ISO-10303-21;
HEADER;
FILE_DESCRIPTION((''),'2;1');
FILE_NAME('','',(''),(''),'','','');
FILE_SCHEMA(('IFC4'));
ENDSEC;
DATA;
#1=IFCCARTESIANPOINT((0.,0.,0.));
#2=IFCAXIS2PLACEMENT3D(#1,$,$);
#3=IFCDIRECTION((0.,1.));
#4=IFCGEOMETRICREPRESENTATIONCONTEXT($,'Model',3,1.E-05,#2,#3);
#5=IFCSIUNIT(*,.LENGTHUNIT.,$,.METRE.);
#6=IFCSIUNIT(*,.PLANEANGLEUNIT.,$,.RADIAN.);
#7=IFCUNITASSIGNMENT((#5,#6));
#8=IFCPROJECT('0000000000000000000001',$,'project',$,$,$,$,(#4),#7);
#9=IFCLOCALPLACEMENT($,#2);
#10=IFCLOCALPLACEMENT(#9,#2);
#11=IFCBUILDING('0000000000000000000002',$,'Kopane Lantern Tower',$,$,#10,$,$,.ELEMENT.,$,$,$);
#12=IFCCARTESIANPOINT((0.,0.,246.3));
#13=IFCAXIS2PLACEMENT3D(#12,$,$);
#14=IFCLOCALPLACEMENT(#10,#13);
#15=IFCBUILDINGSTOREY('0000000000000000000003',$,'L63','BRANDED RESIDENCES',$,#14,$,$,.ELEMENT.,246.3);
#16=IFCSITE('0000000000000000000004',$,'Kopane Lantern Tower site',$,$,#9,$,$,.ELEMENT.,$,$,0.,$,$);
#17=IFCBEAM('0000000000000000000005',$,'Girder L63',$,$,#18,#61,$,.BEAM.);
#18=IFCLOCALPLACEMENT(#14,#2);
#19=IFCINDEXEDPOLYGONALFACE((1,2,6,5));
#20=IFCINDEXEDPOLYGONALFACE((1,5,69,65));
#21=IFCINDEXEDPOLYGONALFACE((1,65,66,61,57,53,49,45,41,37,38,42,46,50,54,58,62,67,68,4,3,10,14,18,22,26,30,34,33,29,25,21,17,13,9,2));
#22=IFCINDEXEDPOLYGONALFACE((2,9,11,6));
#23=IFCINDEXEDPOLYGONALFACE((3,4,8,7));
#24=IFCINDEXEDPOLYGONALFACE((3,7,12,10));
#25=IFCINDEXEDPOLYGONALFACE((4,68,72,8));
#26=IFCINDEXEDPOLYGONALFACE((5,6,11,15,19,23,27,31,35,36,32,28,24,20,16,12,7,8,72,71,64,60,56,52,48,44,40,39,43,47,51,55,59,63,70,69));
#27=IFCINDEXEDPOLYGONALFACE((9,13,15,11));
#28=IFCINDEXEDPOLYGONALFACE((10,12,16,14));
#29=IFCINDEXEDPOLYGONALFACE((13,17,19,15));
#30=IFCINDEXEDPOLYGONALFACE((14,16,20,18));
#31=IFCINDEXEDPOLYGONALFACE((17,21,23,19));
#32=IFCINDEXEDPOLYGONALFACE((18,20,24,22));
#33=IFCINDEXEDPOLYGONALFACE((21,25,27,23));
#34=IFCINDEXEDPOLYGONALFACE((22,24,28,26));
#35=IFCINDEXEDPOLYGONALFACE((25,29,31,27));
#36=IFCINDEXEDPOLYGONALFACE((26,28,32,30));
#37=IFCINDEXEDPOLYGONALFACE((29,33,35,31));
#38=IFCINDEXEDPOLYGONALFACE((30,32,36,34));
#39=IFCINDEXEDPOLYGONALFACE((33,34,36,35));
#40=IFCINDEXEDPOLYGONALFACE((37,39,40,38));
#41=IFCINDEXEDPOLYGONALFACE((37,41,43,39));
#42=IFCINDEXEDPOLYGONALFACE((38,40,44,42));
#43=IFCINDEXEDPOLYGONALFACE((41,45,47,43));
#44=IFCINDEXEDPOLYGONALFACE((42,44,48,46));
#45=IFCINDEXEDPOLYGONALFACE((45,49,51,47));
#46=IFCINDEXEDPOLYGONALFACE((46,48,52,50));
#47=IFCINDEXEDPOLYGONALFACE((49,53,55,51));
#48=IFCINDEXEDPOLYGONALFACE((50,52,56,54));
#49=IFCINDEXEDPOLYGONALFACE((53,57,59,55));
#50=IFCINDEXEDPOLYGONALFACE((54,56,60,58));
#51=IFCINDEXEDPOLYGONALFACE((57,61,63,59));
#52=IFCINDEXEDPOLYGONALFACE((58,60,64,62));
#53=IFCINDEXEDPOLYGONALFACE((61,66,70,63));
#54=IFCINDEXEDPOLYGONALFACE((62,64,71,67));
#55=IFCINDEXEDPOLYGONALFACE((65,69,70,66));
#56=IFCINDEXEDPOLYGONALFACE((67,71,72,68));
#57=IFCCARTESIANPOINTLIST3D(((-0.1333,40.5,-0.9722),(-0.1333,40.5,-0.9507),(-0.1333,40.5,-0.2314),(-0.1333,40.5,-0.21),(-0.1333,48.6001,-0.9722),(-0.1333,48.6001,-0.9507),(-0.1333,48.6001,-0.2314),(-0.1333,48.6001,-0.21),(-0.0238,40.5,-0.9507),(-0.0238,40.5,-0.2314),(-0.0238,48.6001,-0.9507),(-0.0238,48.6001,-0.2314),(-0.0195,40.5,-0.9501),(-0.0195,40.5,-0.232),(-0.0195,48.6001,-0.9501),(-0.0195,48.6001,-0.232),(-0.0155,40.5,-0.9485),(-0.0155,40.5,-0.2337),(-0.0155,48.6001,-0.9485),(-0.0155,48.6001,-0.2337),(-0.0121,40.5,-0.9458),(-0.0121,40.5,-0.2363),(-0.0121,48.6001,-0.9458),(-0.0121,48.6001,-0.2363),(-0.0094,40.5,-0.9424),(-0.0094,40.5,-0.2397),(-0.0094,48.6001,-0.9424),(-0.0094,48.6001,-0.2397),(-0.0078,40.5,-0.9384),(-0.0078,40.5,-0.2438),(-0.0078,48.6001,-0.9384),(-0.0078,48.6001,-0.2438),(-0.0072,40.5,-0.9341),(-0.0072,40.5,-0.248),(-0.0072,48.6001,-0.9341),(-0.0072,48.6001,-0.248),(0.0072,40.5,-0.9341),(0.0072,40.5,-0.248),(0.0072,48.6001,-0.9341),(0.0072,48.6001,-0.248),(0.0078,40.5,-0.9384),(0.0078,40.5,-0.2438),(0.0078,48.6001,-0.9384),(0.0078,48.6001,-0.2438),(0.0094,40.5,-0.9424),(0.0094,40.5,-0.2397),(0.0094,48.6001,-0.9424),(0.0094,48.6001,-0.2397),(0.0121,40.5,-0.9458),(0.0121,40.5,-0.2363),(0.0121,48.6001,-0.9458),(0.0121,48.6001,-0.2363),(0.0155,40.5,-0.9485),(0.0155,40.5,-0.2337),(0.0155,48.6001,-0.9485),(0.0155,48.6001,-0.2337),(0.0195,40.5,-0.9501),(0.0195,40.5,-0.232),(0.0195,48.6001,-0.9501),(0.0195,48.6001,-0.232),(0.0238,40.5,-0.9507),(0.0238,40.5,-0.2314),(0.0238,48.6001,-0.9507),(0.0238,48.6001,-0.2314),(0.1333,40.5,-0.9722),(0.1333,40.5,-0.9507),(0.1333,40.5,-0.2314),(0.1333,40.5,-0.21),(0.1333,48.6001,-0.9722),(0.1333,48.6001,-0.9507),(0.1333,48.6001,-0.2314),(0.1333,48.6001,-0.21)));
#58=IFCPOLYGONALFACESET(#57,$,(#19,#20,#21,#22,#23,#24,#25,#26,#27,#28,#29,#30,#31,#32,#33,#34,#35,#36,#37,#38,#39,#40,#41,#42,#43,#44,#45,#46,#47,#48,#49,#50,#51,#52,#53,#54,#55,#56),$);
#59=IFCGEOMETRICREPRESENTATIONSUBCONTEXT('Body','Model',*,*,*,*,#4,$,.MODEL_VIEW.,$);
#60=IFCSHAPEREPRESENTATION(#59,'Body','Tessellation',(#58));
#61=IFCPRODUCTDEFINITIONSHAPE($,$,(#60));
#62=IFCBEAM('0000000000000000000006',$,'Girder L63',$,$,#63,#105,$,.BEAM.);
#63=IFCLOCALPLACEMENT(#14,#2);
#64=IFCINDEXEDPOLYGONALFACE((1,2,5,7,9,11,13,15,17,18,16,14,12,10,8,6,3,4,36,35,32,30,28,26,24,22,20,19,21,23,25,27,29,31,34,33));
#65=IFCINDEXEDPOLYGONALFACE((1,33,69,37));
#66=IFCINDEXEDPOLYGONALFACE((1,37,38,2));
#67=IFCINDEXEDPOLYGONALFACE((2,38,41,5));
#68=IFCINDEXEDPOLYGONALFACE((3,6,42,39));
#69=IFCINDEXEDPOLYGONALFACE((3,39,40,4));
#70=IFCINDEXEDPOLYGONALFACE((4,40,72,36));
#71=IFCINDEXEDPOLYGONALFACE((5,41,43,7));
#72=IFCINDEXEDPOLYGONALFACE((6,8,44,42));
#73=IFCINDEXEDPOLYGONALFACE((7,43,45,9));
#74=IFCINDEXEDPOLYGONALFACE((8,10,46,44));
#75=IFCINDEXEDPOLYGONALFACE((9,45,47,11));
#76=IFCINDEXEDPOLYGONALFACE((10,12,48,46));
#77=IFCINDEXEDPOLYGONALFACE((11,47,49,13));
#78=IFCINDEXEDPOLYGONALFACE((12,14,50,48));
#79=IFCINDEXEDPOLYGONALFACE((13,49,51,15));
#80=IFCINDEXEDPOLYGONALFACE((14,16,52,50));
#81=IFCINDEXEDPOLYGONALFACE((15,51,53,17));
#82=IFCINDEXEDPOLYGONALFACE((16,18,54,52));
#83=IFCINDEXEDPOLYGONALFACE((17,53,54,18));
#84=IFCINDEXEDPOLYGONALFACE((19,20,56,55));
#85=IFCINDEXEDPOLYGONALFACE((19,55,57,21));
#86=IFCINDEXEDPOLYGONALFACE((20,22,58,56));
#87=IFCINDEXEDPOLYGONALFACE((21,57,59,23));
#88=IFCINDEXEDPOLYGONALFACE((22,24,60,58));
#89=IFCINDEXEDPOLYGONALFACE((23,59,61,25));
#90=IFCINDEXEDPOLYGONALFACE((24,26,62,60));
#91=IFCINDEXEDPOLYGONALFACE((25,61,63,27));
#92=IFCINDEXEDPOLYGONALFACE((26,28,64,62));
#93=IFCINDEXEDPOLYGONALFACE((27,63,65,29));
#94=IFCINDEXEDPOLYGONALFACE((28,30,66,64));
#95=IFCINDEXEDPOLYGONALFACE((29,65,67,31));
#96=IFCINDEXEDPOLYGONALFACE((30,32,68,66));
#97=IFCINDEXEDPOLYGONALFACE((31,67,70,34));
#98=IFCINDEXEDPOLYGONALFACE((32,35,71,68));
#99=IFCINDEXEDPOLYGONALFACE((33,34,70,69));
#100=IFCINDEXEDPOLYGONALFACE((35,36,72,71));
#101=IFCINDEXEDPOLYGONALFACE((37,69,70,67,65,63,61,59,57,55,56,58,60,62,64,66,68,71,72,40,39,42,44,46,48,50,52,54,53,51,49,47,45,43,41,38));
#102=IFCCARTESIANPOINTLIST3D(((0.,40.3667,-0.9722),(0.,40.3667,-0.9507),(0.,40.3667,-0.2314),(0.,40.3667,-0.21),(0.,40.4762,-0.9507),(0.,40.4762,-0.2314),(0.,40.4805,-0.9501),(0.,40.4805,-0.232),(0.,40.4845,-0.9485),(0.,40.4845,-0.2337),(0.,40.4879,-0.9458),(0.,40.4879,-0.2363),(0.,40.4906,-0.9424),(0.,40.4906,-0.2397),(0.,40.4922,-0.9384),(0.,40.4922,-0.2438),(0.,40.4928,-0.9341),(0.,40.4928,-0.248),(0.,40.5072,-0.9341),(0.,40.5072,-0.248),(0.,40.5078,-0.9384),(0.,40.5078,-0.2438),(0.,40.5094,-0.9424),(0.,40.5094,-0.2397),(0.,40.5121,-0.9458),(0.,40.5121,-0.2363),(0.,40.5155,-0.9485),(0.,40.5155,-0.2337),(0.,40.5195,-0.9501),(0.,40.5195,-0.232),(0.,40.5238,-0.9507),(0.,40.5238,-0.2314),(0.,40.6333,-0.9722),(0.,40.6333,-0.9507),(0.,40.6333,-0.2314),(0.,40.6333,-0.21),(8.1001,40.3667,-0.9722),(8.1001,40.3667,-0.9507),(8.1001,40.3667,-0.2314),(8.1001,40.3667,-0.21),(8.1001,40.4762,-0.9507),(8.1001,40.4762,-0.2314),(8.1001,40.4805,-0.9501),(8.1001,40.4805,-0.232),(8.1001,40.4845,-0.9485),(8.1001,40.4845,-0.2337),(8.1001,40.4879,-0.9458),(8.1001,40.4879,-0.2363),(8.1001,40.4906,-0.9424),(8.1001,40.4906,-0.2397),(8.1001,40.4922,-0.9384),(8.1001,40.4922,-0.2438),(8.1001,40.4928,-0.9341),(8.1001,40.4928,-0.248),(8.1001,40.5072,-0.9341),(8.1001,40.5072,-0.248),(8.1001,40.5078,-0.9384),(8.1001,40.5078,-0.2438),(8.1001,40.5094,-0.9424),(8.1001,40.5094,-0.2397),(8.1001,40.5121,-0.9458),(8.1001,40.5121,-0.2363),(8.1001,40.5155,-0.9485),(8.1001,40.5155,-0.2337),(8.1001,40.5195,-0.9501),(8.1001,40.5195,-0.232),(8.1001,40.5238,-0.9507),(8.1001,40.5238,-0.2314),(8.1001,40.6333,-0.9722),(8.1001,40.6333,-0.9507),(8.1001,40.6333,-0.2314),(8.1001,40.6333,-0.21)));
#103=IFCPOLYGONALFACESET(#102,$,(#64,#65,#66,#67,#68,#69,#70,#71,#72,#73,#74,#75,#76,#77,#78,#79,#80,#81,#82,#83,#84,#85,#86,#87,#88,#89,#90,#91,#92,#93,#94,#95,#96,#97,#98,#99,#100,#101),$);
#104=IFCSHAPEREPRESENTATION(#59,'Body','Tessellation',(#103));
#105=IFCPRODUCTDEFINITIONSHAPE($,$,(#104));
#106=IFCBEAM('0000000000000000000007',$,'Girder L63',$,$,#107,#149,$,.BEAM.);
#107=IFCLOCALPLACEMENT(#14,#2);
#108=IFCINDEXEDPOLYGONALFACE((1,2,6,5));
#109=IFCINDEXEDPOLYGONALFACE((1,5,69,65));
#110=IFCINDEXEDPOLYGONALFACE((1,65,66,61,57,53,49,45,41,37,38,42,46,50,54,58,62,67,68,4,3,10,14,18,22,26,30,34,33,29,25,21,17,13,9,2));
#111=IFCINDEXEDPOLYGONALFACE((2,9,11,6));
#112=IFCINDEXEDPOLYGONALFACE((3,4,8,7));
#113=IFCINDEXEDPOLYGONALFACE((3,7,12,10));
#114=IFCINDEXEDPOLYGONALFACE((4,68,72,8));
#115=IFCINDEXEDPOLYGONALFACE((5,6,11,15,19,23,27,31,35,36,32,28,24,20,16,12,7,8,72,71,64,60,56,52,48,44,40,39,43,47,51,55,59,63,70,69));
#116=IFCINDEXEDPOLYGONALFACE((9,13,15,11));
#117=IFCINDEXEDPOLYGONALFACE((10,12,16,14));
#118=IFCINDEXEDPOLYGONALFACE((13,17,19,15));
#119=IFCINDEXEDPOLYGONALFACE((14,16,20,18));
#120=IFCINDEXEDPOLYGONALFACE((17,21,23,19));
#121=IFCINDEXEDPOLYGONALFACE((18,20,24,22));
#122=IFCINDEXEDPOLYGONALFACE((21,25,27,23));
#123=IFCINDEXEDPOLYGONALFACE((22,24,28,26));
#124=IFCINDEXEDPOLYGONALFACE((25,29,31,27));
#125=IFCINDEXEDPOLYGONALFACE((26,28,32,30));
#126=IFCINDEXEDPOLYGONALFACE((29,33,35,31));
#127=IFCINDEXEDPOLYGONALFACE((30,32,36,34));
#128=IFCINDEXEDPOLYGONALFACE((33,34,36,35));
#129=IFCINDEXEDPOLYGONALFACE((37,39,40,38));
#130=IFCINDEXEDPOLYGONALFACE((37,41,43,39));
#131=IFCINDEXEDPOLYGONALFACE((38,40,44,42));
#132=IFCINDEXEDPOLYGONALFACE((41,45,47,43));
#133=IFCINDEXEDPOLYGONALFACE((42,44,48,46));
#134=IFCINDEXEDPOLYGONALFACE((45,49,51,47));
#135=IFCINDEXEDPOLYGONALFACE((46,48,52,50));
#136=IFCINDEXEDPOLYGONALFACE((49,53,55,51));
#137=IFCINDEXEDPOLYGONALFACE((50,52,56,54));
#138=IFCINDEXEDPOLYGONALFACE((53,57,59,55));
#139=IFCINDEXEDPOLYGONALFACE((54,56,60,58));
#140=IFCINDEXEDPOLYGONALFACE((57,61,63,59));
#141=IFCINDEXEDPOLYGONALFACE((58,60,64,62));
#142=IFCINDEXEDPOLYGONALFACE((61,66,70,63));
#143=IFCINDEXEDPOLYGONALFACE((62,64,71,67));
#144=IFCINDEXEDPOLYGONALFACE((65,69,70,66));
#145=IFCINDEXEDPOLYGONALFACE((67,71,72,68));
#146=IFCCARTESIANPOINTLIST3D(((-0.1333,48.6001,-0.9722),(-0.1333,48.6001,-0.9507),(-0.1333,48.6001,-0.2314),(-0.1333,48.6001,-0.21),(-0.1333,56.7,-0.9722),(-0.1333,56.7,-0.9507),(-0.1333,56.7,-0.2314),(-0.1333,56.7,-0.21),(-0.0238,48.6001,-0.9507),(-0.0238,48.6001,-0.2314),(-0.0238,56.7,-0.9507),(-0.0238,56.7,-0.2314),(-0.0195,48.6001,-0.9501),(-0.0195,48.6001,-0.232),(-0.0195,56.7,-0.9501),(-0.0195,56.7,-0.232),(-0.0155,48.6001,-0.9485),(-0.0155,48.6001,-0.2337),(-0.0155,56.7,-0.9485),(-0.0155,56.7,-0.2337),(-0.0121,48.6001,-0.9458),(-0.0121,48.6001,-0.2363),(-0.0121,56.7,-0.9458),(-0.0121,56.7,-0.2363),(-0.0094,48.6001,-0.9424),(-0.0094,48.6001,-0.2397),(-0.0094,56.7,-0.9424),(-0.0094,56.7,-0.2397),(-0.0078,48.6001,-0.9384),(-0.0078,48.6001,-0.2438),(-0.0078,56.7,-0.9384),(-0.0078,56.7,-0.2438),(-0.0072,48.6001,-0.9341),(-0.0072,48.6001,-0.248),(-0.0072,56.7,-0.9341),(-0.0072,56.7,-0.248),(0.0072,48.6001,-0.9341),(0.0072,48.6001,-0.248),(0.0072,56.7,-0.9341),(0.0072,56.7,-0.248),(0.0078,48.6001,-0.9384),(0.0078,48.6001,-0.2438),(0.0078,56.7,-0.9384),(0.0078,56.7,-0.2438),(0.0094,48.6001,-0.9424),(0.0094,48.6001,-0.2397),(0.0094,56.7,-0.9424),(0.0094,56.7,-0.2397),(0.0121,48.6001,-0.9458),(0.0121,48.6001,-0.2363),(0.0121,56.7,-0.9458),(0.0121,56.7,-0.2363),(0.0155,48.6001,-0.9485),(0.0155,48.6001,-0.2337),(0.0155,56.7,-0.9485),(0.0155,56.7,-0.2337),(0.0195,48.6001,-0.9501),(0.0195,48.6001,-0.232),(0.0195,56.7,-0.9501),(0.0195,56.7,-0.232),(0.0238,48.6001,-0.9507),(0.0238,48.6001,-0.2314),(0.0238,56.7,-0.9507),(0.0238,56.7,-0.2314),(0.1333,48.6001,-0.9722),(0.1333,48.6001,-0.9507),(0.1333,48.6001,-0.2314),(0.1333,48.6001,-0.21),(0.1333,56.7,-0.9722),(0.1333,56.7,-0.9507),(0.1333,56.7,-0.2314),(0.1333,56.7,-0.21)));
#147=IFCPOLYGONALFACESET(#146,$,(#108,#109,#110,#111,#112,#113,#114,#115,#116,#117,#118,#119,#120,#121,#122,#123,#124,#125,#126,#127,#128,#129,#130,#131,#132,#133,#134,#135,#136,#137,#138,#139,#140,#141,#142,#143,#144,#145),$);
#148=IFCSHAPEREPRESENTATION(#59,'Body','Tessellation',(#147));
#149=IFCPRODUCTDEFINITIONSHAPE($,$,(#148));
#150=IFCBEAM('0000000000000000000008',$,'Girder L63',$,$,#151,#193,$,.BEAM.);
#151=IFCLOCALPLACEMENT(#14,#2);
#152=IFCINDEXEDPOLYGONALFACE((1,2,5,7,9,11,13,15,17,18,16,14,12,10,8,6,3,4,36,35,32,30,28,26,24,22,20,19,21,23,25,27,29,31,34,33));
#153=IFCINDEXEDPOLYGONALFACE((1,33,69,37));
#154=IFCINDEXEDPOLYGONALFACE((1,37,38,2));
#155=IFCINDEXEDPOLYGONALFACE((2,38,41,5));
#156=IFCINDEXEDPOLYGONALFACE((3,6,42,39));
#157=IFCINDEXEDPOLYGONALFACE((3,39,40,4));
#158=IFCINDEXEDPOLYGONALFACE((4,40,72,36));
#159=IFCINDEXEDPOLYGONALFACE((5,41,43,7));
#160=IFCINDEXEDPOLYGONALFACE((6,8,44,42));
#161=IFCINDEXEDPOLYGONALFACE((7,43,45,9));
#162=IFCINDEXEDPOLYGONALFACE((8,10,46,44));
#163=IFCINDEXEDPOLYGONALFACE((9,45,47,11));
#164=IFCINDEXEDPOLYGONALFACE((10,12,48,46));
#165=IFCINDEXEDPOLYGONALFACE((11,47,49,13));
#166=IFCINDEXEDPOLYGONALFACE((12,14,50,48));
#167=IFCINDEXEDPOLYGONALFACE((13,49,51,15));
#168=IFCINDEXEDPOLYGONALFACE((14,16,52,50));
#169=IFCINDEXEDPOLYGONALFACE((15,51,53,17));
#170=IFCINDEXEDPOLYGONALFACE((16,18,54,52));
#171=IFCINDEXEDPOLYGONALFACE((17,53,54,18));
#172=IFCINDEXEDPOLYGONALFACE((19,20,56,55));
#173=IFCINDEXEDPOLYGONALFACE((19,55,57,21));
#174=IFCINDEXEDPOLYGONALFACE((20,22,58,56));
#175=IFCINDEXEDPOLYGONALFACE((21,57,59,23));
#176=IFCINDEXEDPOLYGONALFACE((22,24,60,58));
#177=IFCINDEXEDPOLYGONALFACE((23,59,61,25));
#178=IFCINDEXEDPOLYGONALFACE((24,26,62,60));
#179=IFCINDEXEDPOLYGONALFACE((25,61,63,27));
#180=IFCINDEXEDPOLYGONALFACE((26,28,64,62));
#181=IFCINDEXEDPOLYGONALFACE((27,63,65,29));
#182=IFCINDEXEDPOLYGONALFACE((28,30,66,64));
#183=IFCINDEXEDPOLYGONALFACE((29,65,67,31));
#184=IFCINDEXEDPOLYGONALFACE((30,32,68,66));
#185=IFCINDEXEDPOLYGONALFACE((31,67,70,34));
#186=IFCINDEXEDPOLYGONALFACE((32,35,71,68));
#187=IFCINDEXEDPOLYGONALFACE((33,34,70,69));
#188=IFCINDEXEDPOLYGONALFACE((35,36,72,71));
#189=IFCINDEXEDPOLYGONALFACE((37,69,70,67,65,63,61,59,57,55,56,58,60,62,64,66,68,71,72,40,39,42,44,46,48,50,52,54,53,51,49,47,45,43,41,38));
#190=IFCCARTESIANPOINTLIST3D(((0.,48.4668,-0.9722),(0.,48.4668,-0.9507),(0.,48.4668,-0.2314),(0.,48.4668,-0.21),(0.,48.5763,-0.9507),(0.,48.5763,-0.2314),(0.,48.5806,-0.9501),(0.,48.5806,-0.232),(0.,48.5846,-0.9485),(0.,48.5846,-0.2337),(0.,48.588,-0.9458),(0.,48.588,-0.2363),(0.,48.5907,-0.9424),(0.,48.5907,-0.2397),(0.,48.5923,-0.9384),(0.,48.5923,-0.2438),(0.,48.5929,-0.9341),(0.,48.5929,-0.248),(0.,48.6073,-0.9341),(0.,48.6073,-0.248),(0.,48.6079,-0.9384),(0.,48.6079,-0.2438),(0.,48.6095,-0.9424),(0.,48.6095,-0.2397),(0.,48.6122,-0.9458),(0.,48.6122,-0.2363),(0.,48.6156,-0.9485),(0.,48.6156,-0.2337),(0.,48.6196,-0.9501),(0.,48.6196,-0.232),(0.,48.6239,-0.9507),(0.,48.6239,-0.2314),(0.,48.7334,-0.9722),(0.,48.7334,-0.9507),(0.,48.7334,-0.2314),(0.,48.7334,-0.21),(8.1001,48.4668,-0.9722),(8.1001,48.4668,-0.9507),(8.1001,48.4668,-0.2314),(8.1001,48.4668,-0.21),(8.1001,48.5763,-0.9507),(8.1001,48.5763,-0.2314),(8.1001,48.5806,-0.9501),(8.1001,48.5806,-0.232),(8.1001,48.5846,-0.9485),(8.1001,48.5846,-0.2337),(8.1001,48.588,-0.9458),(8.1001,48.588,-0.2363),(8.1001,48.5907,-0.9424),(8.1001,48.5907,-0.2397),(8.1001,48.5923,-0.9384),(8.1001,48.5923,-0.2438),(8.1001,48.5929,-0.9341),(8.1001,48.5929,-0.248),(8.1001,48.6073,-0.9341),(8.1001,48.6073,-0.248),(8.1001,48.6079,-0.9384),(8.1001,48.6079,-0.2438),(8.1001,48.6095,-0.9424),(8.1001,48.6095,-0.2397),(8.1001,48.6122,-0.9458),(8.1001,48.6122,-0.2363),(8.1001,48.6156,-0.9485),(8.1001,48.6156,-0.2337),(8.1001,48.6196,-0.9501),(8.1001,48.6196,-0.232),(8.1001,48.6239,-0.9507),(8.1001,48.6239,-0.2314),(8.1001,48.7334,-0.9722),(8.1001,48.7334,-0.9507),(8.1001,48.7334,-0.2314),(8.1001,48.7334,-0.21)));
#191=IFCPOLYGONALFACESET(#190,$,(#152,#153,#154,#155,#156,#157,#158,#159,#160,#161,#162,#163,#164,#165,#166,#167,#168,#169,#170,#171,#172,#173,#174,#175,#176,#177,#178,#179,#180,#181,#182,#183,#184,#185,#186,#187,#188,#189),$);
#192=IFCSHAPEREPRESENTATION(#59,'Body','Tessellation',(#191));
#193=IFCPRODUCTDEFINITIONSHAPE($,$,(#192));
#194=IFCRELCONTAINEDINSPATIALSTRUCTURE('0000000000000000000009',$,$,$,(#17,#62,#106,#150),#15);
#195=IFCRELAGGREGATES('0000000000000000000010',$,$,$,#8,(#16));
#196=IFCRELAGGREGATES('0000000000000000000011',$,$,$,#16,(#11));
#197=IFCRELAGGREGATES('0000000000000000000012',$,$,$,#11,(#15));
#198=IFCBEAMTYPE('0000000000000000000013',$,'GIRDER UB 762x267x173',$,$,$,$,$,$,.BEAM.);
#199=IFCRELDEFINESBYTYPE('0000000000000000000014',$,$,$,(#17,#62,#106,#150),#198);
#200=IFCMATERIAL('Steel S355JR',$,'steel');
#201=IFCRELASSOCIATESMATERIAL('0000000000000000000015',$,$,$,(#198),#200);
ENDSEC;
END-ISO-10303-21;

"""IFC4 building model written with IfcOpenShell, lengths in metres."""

from ifc_helpers import new_model, si_unit, direction, frame, origin, origin_2d, place, context, subcontext, project, spatial, i_section, extrude, material, material_profile, profile_set, type_object, element, save


model = new_model("IFC4")

# Units and contexts
model_context = context("Model", 3, precision=1e-05, world=origin(), true_north=direction((0.0, 1.0)))
body_context = subcontext(model_context, "Body", "Model", "MODEL_VIEW")
ifc_project = project(units=[si_unit("LENGTHUNIT", "METRE"), si_unit("PLANEANGLEUNIT", "RADIAN")], contexts=[model_context])

# Site, building, storey
site_placement = place(None, origin())
site = spatial("IfcSite", under=ifc_project, at=site_placement, Name="Kopane Lantern Tower site", CompositionType="ELEMENT", RefElevation=0.0)
building_placement = place(site_placement, origin())
building = spatial("IfcBuilding", under=site, at=building_placement, Name="Kopane Lantern Tower", CompositionType="ELEMENT")
storey_placement = place(building_placement, frame((0.0, 0.0, 246.3)))
storey = spatial("IfcBuildingStorey", under=building, at=storey_placement, Name="L63", Description="BRANDED RESIDENCES", CompositionType="ELEMENT", Elevation=246.3)

# Beams
ifc_material_1 = material(Name="Steel S355JR", Category="steel")
ifc_material_profile_1 = material_profile(ifc_material_1, i_section(OverallWidth=0.2666, OverallDepth=0.7622, WebThickness=0.0144, FlangeThickness=0.0215, FilletRadius=0.0166, at=origin_2d()), Name="UB 762x267x173")
ifc_profile_set_1 = profile_set([ifc_material_profile_1], Name="Steel S355JR")
beam_type = type_object("IfcBeamType", Name="GIRDER UB 762x267x173", PredefinedType="BEAM", material=ifc_profile_set_1)
for number, where, z_axis, x_axis, name in (
    (1, (0.0, 40.5, -0.5911), (0.0, 1.0, 0.0), (-1.0, 0.0, 0.0), "Girder L63"),
    (2, (0.0, 40.5, -0.5911), (1.0, 0.0, 0.0), (0.0, 1.0, 0.0), "Girder L63"),
):
    element("IfcBeam", number, at=place(storey_placement, frame(where, z_axis=z_axis, x_axis=x_axis)), inside=storey, type_object=beam_type, Name=name, PredefinedType="BEAM", context=body_context, shape_type="SweptSolid", body=[
        extrude(i_section(OverallWidth=0.2666, OverallDepth=0.7622, WebThickness=0.0144, FlangeThickness=0.0215, FilletRadius=0.0166, at=origin_2d()), origin(), (0.0, 0.0, 1.0), 8.1001),
    ])
beam_placement = place(storey_placement, frame((0.0, 48.6001, -0.5911), z_axis=(0.0, 1.0, 0.0), x_axis=(-1.0, 0.0, 0.0)))
element("IfcBeam", 3, at=beam_placement, inside=storey, type_object=beam_type, Name="Girder L63", PredefinedType="BEAM", context=body_context, shape_type="SweptSolid", body=[
    extrude(i_section(OverallWidth=0.2666, OverallDepth=0.7622, WebThickness=0.0144, FlangeThickness=0.0215, FilletRadius=0.0166, at=origin_2d()), origin(), (0.0, 0.0, 1.0), 8.0999),
])
for number, where, z_axis, x_axis, name in (
    (4, (0.0, 48.6001, -0.5911), (1.0, 0.0, 0.0), (0.0, 1.0, 0.0), "Girder L63"),
):
    element("IfcBeam", number, at=place(storey_placement, frame(where, z_axis=z_axis, x_axis=x_axis)), inside=storey, type_object=beam_type, Name=name, PredefinedType="BEAM", context=body_context, shape_type="SweptSolid", body=[
        extrude(i_section(OverallWidth=0.2666, OverallDepth=0.7622, WebThickness=0.0144, FlangeThickness=0.0215, FilletRadius=0.0166, at=origin_2d()), origin(), (0.0, 0.0, 1.0), 8.1001),
    ])

save(model, "model.ifc")
